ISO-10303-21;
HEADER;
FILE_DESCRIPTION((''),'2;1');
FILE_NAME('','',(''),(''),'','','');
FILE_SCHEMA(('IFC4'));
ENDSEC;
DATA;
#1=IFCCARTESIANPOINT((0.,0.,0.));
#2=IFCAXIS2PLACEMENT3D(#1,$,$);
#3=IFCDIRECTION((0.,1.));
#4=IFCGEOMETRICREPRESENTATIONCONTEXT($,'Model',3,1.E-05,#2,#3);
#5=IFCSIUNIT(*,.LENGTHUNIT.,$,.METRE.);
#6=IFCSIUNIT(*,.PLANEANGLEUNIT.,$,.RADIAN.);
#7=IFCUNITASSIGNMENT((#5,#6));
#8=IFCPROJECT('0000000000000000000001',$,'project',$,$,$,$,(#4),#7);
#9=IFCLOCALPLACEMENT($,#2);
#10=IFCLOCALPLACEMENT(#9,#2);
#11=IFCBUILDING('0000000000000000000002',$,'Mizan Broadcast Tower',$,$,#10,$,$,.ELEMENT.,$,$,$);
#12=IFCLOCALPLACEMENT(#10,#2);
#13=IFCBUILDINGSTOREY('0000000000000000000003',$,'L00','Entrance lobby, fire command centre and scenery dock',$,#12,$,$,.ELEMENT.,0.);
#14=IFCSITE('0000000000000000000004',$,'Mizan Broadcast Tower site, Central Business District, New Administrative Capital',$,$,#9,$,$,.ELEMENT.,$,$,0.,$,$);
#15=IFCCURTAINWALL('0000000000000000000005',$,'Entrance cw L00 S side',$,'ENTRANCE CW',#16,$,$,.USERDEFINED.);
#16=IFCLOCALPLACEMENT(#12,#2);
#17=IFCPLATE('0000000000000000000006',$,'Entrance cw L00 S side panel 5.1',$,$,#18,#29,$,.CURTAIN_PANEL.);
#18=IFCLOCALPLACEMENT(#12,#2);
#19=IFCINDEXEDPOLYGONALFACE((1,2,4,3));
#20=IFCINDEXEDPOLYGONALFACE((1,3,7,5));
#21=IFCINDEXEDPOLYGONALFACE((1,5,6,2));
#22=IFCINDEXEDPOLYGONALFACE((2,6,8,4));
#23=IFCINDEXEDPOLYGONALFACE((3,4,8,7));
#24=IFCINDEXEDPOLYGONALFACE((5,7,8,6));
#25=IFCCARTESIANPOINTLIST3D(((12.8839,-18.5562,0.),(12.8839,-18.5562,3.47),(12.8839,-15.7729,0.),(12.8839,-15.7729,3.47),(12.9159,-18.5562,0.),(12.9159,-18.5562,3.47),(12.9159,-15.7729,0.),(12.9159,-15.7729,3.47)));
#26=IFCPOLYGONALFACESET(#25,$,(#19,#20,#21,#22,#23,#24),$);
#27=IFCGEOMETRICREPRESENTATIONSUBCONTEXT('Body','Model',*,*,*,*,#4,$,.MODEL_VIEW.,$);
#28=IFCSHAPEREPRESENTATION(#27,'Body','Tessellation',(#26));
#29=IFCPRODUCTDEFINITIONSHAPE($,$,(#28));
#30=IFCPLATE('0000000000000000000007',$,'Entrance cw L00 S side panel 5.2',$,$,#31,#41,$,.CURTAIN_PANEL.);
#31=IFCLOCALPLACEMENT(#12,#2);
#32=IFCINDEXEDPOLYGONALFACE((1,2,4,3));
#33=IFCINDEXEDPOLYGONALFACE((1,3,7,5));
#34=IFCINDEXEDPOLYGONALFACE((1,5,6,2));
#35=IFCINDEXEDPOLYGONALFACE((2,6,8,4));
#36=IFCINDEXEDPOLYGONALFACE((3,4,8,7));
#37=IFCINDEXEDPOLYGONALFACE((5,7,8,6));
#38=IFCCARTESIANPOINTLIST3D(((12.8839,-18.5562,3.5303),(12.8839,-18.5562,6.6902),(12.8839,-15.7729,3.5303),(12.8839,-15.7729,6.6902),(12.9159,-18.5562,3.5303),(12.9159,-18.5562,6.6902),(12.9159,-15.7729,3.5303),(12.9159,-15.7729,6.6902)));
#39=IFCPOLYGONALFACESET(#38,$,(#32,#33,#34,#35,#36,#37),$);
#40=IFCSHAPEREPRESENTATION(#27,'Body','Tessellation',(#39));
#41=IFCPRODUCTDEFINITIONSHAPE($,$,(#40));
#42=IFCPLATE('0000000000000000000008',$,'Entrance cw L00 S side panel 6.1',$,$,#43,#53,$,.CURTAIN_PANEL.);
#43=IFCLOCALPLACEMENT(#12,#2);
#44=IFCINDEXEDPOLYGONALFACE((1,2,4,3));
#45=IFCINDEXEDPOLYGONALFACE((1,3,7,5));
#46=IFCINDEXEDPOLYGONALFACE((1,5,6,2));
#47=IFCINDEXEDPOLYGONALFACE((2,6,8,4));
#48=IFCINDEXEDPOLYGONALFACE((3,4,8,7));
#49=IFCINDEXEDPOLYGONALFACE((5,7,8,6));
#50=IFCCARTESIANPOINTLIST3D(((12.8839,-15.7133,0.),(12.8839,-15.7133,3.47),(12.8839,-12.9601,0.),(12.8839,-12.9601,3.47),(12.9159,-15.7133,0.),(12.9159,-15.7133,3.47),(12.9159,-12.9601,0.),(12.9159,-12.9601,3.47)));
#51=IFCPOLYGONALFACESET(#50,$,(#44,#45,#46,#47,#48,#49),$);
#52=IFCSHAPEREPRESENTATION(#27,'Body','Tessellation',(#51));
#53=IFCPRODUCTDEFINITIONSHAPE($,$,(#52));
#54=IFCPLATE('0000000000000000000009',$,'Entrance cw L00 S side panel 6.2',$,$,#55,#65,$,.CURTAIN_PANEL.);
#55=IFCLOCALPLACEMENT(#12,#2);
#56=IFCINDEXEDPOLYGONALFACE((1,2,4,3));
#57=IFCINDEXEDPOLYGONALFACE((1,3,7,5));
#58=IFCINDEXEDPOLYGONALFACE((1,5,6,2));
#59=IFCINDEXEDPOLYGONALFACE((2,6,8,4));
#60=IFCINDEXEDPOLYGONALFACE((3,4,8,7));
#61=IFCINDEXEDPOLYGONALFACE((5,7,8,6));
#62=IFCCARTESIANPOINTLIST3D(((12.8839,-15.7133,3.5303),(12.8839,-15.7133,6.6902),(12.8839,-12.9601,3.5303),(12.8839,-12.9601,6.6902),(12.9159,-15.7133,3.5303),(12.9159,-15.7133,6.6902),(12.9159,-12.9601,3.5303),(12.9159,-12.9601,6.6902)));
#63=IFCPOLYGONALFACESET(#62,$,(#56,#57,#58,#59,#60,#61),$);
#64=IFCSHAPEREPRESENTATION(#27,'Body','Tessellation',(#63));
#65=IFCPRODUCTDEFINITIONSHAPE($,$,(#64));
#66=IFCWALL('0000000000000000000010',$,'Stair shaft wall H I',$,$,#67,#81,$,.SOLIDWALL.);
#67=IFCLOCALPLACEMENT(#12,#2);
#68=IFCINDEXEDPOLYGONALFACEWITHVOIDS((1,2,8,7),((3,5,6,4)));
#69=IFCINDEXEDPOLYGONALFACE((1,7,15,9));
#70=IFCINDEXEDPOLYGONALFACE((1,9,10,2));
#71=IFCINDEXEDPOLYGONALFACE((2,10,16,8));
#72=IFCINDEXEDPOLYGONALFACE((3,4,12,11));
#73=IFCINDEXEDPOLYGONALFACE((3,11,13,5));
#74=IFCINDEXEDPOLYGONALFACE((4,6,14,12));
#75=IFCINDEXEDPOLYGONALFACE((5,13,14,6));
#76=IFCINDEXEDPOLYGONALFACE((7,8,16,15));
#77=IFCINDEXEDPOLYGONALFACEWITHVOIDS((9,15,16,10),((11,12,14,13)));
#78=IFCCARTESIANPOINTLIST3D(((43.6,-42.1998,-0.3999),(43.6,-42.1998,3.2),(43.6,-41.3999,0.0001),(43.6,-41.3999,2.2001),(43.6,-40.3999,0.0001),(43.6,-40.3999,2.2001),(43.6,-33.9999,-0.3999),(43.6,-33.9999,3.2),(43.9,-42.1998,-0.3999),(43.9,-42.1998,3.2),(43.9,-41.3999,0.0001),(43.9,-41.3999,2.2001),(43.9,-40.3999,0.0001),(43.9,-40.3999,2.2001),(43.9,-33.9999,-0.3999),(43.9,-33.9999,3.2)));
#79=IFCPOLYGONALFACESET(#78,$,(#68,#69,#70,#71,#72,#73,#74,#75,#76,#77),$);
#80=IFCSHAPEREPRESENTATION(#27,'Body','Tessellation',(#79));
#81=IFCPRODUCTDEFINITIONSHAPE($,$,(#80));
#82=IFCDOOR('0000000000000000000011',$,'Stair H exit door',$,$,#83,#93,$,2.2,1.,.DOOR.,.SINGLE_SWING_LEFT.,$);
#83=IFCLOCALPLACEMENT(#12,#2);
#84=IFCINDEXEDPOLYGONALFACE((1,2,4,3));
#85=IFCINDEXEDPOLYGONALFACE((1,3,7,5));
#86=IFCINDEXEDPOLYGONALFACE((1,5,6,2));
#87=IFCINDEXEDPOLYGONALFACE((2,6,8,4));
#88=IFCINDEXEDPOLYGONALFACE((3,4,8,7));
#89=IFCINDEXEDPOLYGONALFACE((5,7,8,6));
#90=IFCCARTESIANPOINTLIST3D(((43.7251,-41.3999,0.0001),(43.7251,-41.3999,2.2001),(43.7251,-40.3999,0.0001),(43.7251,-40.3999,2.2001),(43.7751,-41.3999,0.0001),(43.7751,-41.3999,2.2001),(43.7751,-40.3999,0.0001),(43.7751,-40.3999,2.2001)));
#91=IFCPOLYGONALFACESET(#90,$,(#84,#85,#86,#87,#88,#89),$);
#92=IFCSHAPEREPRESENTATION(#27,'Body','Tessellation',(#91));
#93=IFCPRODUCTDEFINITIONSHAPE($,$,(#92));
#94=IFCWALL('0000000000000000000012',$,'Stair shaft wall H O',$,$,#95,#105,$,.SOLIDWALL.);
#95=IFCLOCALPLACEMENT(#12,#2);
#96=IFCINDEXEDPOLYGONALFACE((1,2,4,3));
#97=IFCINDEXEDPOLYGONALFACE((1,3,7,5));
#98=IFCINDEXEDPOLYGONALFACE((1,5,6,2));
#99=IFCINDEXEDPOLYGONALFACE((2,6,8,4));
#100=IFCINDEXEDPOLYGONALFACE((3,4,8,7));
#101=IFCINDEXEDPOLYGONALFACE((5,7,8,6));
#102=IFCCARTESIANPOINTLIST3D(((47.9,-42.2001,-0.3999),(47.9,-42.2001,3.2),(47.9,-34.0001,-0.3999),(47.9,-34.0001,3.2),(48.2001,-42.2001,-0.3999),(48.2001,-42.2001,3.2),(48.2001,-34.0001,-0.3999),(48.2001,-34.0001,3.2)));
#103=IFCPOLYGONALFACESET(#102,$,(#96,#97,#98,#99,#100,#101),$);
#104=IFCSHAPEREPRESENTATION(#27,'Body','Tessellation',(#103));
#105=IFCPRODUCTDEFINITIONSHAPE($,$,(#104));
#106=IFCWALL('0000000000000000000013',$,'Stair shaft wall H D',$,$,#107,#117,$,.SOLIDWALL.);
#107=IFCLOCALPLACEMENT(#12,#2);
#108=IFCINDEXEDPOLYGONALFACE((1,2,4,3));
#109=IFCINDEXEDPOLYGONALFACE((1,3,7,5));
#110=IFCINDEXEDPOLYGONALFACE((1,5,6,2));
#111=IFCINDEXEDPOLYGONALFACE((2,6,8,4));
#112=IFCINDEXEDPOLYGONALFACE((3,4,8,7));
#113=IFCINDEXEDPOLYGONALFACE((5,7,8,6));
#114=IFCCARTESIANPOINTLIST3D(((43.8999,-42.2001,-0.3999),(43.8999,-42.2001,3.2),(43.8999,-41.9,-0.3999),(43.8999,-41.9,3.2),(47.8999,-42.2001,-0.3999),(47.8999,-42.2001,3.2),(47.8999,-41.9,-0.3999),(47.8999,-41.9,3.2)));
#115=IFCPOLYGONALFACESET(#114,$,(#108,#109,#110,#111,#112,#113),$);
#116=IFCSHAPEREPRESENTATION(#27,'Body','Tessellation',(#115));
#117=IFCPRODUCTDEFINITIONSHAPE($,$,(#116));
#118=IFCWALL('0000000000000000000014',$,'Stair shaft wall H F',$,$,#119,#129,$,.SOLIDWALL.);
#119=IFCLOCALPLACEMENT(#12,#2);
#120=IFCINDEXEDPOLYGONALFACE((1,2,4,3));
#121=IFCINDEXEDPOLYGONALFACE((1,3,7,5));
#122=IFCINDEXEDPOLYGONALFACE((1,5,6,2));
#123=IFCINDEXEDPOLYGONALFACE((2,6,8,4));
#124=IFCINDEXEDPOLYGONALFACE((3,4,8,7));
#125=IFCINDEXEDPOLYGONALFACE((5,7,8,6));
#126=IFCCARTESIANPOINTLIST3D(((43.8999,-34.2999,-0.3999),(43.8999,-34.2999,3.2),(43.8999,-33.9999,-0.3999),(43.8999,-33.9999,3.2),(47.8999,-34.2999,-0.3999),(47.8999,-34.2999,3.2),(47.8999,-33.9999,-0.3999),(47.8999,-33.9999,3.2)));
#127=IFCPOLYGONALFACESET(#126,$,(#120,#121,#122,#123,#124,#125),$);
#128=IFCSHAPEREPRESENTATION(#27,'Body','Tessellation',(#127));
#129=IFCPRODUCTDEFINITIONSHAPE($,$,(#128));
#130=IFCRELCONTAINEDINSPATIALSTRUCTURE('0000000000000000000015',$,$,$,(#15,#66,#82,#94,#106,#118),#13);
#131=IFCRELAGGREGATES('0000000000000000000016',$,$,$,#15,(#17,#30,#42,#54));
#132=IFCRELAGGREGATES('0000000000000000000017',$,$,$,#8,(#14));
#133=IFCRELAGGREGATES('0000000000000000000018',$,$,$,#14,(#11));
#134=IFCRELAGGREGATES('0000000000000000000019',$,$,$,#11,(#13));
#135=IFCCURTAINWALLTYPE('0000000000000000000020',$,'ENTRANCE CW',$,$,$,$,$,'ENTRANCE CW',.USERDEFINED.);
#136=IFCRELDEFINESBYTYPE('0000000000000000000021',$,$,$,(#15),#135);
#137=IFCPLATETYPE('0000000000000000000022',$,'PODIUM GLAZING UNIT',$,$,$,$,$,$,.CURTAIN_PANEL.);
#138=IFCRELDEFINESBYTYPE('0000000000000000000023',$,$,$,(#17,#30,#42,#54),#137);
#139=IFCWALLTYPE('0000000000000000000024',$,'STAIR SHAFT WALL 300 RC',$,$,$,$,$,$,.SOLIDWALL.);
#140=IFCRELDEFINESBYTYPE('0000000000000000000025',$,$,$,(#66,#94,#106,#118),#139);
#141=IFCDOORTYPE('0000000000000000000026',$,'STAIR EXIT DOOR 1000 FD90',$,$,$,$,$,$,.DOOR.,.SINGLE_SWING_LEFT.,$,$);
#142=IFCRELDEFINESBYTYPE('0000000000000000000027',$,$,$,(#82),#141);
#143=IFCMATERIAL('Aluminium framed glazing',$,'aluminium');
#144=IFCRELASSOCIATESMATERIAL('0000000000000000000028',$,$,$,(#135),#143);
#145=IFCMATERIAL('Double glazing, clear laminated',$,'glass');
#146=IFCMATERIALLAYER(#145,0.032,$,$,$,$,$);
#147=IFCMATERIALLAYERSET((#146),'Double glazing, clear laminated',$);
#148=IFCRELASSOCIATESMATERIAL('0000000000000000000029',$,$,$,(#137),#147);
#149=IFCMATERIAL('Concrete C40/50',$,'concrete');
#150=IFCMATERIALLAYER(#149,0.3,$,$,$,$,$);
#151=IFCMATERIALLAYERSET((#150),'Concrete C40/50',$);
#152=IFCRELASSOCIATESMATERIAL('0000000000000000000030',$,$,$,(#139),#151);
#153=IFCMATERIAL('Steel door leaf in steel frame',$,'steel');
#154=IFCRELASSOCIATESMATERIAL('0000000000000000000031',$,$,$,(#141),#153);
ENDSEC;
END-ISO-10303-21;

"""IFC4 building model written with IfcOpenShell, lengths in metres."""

from ifc_helpers import new_model, si_unit, direction, frame, frame_2d, origin, origin_2d, place, context, subcontext, project, spatial, rectangle, extrude, material, layer, layer_set, type_object, element, fill, aggregate, save


model = new_model("IFC4")

# Units and contexts
model_context = context("Model", 3, precision=1e-05, world=origin(), true_north=direction((0.0, 1.0)))
body_context = subcontext(model_context, "Body", "Model", "MODEL_VIEW")
ifc_project = project(units=[si_unit("LENGTHUNIT", "METRE"), si_unit("PLANEANGLEUNIT", "RADIAN")], contexts=[model_context])

# Site, building, storey
site_placement = place(None, origin())
site = spatial("IfcSite", under=ifc_project, at=site_placement, Name="Mizan Broadcast Tower site, Central Business District, New Administrative Capital", CompositionType="ELEMENT", RefElevation=0.0)
building_placement = place(site_placement, origin())
building = spatial("IfcBuilding", under=site, at=building_placement, Name="Mizan Broadcast Tower", CompositionType="ELEMENT")
storey_placement = place(building_placement, origin())
storey = spatial("IfcBuildingStorey", under=building, at=storey_placement, Name="L00", Description="Entrance lobby, fire command centre and scenery dock", CompositionType="ELEMENT", Elevation=0.0)

# Curtain wall
ifc_material_1 = material(Name="Aluminium framed glazing", Category="aluminium")
curtain_wall_type_1 = type_object("IfcCurtainWallType", Name="ENTRANCE CW", ElementType="ENTRANCE CW", PredefinedType="USERDEFINED", material=ifc_material_1)
curtain_wall_1_placement = place(storey_placement, origin())
curtain_wall_1 = element("IfcCurtainWall", 1, at=curtain_wall_1_placement, inside=storey, type_object=curtain_wall_type_1, Name="Entrance cw L00 S side", ObjectType="ENTRANCE CW", PredefinedType="USERDEFINED")

# Plates
ifc_material_2 = material(Name="Double glazing, clear laminated", Category="glass")
ifc_layer_1 = layer(ifc_material_2, 0.032)
ifc_layer_set_1 = layer_set([ifc_layer_1], Name="Double glazing, clear laminated")
plate_type = type_object("IfcPlateType", Name="PODIUM GLAZING UNIT", PredefinedType="CURTAIN_PANEL", material=ifc_layer_set_1)
plate_1_placement = place(storey_placement, frame((12.8999, -17.1646, 0.0), z_axis=(0.0, 0.0, 1.0), x_axis=(0.0, 1.0, 0.0)))
plate_1 = element("IfcPlate", 2, at=plate_1_placement, type_object=plate_type, Name="Entrance cw L00 S side panel 5.1", PredefinedType="CURTAIN_PANEL", context=body_context, shape_type="SweptSolid", body=[
    extrude(rectangle(XDim=2.7832, YDim=0.032, at=origin_2d()), origin(), (0.0, 0.0, 1.0), 3.47),
])
plate_2_placement = place(storey_placement, frame((12.8999, -17.1646, 3.5303), z_axis=(0.0, 0.0, 1.0), x_axis=(0.0, 1.0, 0.0)))
plate_2 = element("IfcPlate", 3, at=plate_2_placement, type_object=plate_type, Name="Entrance cw L00 S side panel 5.2", PredefinedType="CURTAIN_PANEL", context=body_context, shape_type="SweptSolid", body=[
    extrude(rectangle(XDim=2.7832, YDim=0.032, at=origin_2d()), origin(), (0.0, 0.0, 1.0), 3.1599),
])
plate_3_placement = place(storey_placement, frame((12.8999, -14.3367, 0.0), z_axis=(0.0, 0.0, 1.0), x_axis=(0.0, 1.0, 0.0)))
plate_3 = element("IfcPlate", 4, at=plate_3_placement, type_object=plate_type, Name="Entrance cw L00 S side panel 6.1", PredefinedType="CURTAIN_PANEL", context=body_context, shape_type="SweptSolid", body=[
    extrude(rectangle(XDim=2.7532, YDim=0.032, at=origin_2d()), origin(), (0.0, 0.0, 1.0), 3.47),
])
plate_4_placement = place(storey_placement, frame((12.8999, -14.3367, 3.5303), z_axis=(0.0, 0.0, 1.0), x_axis=(0.0, 1.0, 0.0)))
plate_4 = element("IfcPlate", 5, at=plate_4_placement, type_object=plate_type, Name="Entrance cw L00 S side panel 6.2", PredefinedType="CURTAIN_PANEL", context=body_context, shape_type="SweptSolid", body=[
    extrude(rectangle(XDim=2.7532, YDim=0.032, at=origin_2d()), origin(), (0.0, 0.0, 1.0), 3.1599),
])
aggregate(curtain_wall_1, [plate_1, plate_2, plate_3, plate_4])

# Wall, opening, door
ifc_material_3 = material(Name="Concrete C40/50", Category="concrete")
ifc_layer_2 = layer(ifc_material_3, 0.3)
ifc_layer_set_2 = layer_set([ifc_layer_2], Name="Concrete C40/50")
wall_type = type_object("IfcWallType", Name="STAIR SHAFT WALL 300 RC", PredefinedType="SOLIDWALL", material=ifc_layer_set_2)
wall_1_placement = place(storey_placement, frame((43.75, -42.2, -0.3999), z_axis=(0.0, 0.0, 1.0), x_axis=(0.0, 1.0, 0.0)))
wall_1 = element("IfcWall", 6, at=wall_1_placement, inside=storey, type_object=wall_type, Name="Stair shaft wall H I", PredefinedType="SOLIDWALL", context=body_context, shape_type="SweptSolid", body=[
    extrude(rectangle(XDim=8.2, YDim=0.3, at=frame_2d((4.1001, 0.0))), origin(), (0.0, 0.0, 1.0), 3.5999),
])
opening_placement = place(wall_1_placement, frame((0.8, 0.0, 0.3999)))
opening = element("IfcOpeningElement", 7, at=opening_placement, cuts=wall_1, PredefinedType="OPENING", context=body_context, shape_type="SweptSolid", body=[
    extrude(rectangle(XDim=1.0, YDim=2.2, at=frame_2d((0.5, 1.1001))), frame((0.0, 0.1599, 0.0), z_axis=(0.0, -1.0, 0.0), x_axis=(1.0, 0.0, 0.0)), (0.0, 0.0, 1.0), 0.3201),
])
ifc_material_4 = material(Name="Steel door leaf in steel frame", Category="steel")
door_type = type_object("IfcDoorType", Name="STAIR EXIT DOOR 1000 FD90", OperationType="SINGLE_SWING_LEFT", PredefinedType="DOOR", material=ifc_material_4)
door_placement = place(opening_placement, origin())
door = element("IfcDoor", 8, at=door_placement, inside=storey, type_object=door_type, Name="Stair H exit door", OperationType="SINGLE_SWING_LEFT", OverallHeight=2.2, OverallWidth=1.0, PredefinedType="DOOR", context=body_context, shape_type="SweptSolid", body=[
    extrude(rectangle(XDim=1.0, YDim=2.2, at=frame_2d((0.5, 1.1001))), frame((0.0, 0.0249, 0.0), z_axis=(0.0, -1.0, 0.0), x_axis=(1.0, 0.0, 0.0)), (0.0, 0.0, 1.0), 0.05),
])
fill(opening, door)

# Walls
wall_2_placement = place(storey_placement, frame((48.05, -34.0, -0.3999), z_axis=(0.0, 0.0, 1.0), x_axis=(0.0, -1.0, 0.0)))
element("IfcWall", 9, at=wall_2_placement, inside=storey, type_object=wall_type, Name="Stair shaft wall H O", PredefinedType="SOLIDWALL", context=body_context, shape_type="SweptSolid", body=[
    extrude(rectangle(XDim=8.2, YDim=0.3, at=frame_2d((4.1001, 0.0))), origin(), (0.0, 0.0, 1.0), 3.5999),
])
for number, where, z_axis, x_axis, name in (
    (10, (43.8999, -42.05, -0.3999), (0.0, 0.0, 1.0), (1.0, 0.0, 0.0), "Stair shaft wall H D"),
    (11, (47.8999, -34.1499, -0.3999), (0.0, 0.0, 1.0), (-1.0, 0.0, 0.0), "Stair shaft wall H F"),
):
    element("IfcWall", number, at=place(storey_placement, frame(where, z_axis=z_axis, x_axis=x_axis)), inside=storey, type_object=wall_type, Name=name, PredefinedType="SOLIDWALL", context=body_context, shape_type="SweptSolid", body=[
        extrude(rectangle(XDim=4.0, YDim=0.3, at=frame_2d((2.0, 0.0))), origin(), (0.0, 0.0, 1.0), 3.5999),
    ])

save(model, "model.ifc")
